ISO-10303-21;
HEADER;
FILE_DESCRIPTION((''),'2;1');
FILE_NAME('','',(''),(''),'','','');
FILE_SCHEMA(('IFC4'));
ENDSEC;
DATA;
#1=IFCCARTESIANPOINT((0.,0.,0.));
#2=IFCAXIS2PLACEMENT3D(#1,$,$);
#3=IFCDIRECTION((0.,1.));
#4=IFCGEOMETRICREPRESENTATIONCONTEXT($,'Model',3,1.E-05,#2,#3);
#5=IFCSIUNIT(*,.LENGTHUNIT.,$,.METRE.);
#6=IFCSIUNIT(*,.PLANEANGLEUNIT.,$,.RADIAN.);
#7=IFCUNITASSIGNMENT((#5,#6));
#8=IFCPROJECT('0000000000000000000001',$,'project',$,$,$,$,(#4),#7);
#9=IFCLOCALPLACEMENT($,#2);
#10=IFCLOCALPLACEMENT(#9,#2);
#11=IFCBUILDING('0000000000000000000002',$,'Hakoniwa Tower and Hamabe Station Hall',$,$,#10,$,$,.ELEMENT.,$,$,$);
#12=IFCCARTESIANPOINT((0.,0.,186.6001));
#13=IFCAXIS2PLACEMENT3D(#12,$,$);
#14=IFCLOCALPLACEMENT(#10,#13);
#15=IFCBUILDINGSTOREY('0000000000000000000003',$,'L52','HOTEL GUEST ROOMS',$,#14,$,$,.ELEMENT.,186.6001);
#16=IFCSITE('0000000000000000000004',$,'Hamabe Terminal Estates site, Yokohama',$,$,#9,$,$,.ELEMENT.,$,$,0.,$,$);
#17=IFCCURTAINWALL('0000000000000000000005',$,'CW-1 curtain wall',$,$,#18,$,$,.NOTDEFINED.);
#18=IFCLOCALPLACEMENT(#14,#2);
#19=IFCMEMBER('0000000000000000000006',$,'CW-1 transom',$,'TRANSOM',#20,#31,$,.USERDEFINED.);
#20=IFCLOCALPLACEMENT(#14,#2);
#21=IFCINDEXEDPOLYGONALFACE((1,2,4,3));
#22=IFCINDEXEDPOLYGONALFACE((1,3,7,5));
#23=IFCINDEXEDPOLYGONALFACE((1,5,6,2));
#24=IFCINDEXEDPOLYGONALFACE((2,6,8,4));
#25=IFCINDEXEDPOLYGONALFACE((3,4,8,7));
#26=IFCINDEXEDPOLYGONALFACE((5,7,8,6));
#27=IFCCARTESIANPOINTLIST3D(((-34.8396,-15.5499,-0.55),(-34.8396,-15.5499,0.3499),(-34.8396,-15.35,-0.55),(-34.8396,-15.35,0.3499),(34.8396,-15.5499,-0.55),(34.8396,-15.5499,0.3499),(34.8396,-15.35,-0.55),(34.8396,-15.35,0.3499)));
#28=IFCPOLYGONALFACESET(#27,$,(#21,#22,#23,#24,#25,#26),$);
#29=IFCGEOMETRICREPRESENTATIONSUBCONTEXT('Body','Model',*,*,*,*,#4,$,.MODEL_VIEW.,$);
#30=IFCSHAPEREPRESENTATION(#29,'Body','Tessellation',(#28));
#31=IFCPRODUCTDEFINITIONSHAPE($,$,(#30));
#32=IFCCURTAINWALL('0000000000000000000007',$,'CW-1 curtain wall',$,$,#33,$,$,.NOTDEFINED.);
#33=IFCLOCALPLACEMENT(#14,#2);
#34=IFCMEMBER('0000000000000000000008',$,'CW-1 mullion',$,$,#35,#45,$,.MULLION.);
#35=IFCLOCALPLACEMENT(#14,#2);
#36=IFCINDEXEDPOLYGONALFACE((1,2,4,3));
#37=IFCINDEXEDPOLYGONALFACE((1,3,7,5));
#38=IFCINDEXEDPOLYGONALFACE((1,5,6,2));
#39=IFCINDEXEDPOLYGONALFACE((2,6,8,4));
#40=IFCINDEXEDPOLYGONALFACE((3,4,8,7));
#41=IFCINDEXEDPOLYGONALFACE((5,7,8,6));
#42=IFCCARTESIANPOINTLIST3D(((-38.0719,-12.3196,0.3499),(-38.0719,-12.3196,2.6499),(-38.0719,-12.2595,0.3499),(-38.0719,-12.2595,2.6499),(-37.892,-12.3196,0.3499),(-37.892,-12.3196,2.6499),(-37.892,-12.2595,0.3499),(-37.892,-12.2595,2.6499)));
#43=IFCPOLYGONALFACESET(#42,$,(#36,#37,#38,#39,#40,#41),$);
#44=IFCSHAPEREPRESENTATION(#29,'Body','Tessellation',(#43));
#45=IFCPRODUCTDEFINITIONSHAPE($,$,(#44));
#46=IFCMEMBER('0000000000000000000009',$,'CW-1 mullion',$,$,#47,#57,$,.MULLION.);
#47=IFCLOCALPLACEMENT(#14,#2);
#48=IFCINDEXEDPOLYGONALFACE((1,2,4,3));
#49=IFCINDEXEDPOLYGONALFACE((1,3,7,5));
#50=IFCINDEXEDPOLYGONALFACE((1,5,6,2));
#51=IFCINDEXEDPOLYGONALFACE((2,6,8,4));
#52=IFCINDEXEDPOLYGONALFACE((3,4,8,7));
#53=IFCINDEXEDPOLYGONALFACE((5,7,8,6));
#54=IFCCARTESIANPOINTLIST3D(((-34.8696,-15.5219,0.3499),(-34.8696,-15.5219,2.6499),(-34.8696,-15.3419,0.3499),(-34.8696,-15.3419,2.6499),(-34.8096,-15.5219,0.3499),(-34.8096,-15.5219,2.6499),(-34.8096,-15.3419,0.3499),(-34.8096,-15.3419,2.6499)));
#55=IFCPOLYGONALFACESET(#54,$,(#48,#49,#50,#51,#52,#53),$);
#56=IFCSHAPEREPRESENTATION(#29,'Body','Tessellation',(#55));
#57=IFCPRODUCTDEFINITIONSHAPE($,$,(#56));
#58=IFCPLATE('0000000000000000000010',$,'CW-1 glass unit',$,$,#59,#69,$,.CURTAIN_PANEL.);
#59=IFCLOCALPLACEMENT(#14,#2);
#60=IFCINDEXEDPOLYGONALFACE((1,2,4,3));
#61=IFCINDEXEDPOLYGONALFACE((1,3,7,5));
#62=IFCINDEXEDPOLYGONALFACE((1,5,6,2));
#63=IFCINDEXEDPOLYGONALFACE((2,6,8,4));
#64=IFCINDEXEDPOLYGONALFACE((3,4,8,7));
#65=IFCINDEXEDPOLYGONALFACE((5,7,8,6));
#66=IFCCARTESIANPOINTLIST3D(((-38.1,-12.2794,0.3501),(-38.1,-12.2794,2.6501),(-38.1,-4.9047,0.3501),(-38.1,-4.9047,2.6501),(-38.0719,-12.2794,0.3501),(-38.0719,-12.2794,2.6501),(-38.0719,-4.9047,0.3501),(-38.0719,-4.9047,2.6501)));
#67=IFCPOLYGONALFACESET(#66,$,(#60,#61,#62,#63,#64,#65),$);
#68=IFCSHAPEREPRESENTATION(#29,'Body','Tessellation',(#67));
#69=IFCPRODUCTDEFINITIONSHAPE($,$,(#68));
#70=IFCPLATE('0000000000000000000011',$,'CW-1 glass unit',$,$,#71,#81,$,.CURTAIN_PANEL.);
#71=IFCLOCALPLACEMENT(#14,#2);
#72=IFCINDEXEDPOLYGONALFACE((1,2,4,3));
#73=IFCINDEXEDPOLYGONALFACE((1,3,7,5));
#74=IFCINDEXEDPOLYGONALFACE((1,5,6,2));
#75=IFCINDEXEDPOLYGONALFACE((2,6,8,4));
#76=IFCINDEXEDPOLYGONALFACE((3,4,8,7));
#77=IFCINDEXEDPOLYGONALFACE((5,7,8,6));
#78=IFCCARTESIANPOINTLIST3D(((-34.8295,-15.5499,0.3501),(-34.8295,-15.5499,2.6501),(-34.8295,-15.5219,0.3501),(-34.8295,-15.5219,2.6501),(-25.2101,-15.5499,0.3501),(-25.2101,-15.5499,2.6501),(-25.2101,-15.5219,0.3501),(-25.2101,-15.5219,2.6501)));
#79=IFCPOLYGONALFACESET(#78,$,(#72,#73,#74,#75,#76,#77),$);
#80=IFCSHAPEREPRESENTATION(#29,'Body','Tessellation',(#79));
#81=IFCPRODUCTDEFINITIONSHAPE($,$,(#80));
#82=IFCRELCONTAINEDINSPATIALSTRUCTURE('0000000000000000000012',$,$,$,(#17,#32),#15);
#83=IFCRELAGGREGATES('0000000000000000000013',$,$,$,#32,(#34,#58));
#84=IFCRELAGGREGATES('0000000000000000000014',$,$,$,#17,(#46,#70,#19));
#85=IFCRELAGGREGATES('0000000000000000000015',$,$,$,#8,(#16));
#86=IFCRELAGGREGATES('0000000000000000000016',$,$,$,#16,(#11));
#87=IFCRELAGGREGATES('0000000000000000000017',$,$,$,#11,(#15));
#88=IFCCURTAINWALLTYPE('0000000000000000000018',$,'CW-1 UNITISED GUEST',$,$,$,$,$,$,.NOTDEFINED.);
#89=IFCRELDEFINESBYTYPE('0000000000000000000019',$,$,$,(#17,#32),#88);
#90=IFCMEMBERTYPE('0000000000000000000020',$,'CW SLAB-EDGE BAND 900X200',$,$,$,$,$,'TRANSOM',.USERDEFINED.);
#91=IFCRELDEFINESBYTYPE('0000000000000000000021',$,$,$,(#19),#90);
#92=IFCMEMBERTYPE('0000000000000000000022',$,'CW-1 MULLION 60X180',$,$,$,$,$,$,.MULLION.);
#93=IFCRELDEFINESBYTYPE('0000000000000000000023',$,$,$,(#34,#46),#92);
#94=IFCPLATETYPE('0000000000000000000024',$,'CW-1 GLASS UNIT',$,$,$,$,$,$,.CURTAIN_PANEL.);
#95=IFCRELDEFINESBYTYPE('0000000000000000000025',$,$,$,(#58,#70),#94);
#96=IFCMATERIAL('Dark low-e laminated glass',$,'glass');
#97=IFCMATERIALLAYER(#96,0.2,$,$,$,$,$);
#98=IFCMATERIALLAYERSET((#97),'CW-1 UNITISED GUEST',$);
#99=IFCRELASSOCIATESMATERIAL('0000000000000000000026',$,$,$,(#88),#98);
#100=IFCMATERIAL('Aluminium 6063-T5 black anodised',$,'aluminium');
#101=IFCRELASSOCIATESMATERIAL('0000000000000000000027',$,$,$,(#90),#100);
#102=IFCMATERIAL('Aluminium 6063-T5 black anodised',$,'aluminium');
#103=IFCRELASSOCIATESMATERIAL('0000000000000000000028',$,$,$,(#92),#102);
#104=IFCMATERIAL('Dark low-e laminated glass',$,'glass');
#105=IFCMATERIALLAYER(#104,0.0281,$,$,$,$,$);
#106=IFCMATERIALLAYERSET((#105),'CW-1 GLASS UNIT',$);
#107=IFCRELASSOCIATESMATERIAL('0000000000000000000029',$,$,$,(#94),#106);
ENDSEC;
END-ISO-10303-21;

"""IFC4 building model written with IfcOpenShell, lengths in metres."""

from ifc_helpers import new_model, si_unit, direction, frame, origin, origin_2d, place, context, subcontext, project, spatial, rectangle, extrude, material, layer, layer_set, material_profile, profile_set, type_object, element, aggregate, save


model = new_model("IFC4")

# Units and contexts
model_context = context("Model", 3, precision=1e-05, world=origin(), true_north=direction((0.0, 1.0)))
body_context = subcontext(model_context, "Body", "Model", "MODEL_VIEW")
ifc_project = project(units=[si_unit("LENGTHUNIT", "METRE"), si_unit("PLANEANGLEUNIT", "RADIAN")], contexts=[model_context])

# Site, building, storey
site_placement = place(None, origin())
site = spatial("IfcSite", under=ifc_project, at=site_placement, Name="Hamabe Terminal Estates site, Yokohama", CompositionType="ELEMENT", RefElevation=0.0)
building_placement = place(site_placement, origin())
building = spatial("IfcBuilding", under=site, at=building_placement, Name="Hakoniwa Tower and Hamabe Station Hall", CompositionType="ELEMENT")
storey_placement = place(building_placement, frame((0.0, 0.0, 186.6001)))
storey = spatial("IfcBuildingStorey", under=building, at=storey_placement, Name="L52", Description="HOTEL GUEST ROOMS", CompositionType="ELEMENT", Elevation=186.6001)

# Curtain walls, members
ifc_material_1 = material(Name="Dark low-e laminated glass", Category="glass")
ifc_layer_1 = layer(ifc_material_1, 0.2)
ifc_layer_set_1 = layer_set([ifc_layer_1], Name="CW-1 UNITISED GUEST")
curtain_wall_type = type_object("IfcCurtainWallType", Name="CW-1 UNITISED GUEST", PredefinedType="NOTDEFINED", material=ifc_layer_set_1)
curtain_wall_1_placement = place(storey_placement, origin())
curtain_wall_1 = element("IfcCurtainWall", 1, at=curtain_wall_1_placement, inside=storey, type_object=curtain_wall_type, Name="CW-1 curtain wall", PredefinedType="NOTDEFINED")
ifc_material_2 = material(Name="Aluminium 6063-T5 black anodised", Category="aluminium")
ifc_material_profile_1 = material_profile(ifc_material_2, rectangle(XDim=0.2, YDim=0.8999, at=origin_2d()), Name="CW SLAB-EDGE BAND 900X200")
ifc_profile_set_1 = profile_set([ifc_material_profile_1], Name="Aluminium 6063-T5 black anodised")
member_type_1 = type_object("IfcMemberType", Name="CW SLAB-EDGE BAND 900X200", ElementType="TRANSOM", PredefinedType="USERDEFINED", material=ifc_profile_set_1)
member_1_placement = place(storey_placement, frame((-34.8396, -15.45, -0.1001), z_axis=(1.0, 0.0, 0.0), x_axis=(0.0, 1.0, 0.0)))
member_1 = element("IfcMember", 2, at=member_1_placement, type_object=member_type_1, Name="CW-1 transom", ObjectType="TRANSOM", PredefinedType="USERDEFINED", context=body_context, shape_type="SweptSolid", body=[
    extrude(rectangle(XDim=0.2, YDim=0.8999, at=origin_2d()), origin(), (0.0, 0.0, 1.0), 69.6792),
])
curtain_wall_2_placement = place(storey_placement, origin())
curtain_wall_2 = element("IfcCurtainWall", 3, at=curtain_wall_2_placement, inside=storey, type_object=curtain_wall_type, Name="CW-1 curtain wall", PredefinedType="NOTDEFINED")
ifc_material_3 = material(Name="Aluminium 6063-T5 black anodised", Category="aluminium")
ifc_material_profile_2 = material_profile(ifc_material_3, rectangle(XDim=0.0601, YDim=0.1799, at=origin_2d()), Name="CW-1 MULLION 60X180")
ifc_profile_set_2 = profile_set([ifc_material_profile_2], Name="Aluminium 6063-T5 black anodised")
member_type_2 = type_object("IfcMemberType", Name="CW-1 MULLION 60X180", PredefinedType="MULLION", material=ifc_profile_set_2)
member_2_placement = place(storey_placement, frame((-37.9819, -12.2896, 0.3499), z_axis=(0.0, 0.0, 1.0), x_axis=(0.0, -1.0, 0.0)))
member_2 = element("IfcMember", 4, at=member_2_placement, type_object=member_type_2, Name="CW-1 mullion", PredefinedType="MULLION", context=body_context, shape_type="SweptSolid", body=[
    extrude(rectangle(XDim=0.0601, YDim=0.1799, at=origin_2d()), origin(), (0.0, 0.0, 1.0), 2.3),
])

# Member
member_3_placement = place(storey_placement, frame((-34.8396, -15.4319, 0.3499), z_axis=(0.0, 0.0, 1.0), x_axis=(1.0, 0.0, 0.0)))
member_3 = element("IfcMember", 5, at=member_3_placement, type_object=member_type_2, Name="CW-1 mullion", PredefinedType="MULLION", context=body_context, shape_type="SweptSolid", body=[
    extrude(rectangle(XDim=0.0601, YDim=0.1799, at=origin_2d()), origin(), (0.0, 0.0, 1.0), 2.3),
])

# Plates
ifc_material_4 = material(Name="Dark low-e laminated glass", Category="glass")
ifc_layer_2 = layer(ifc_material_4, 0.0281)
ifc_layer_set_2 = layer_set([ifc_layer_2], Name="CW-1 GLASS UNIT")
plate_type = type_object("IfcPlateType", Name="CW-1 GLASS UNIT", PredefinedType="CURTAIN_PANEL", material=ifc_layer_set_2)
plate_1_placement = place(storey_placement, frame((-38.0859, -8.592, 0.3501), z_axis=(0.0, 0.0, 1.0), x_axis=(0.0, -1.0, 0.0)))
plate_1 = element("IfcPlate", 6, at=plate_1_placement, type_object=plate_type, Name="CW-1 glass unit", PredefinedType="CURTAIN_PANEL", context=body_context, shape_type="SweptSolid", body=[
    extrude(rectangle(XDim=7.3748, YDim=0.0281, at=origin_2d()), origin(), (0.0, 0.0, 1.0), 2.3),
])
aggregate(curtain_wall_2, [member_2, plate_1])
plate_2_placement = place(storey_placement, frame((-30.0198, -15.5359, 0.3501), z_axis=(0.0, 0.0, 1.0), x_axis=(1.0, 0.0, 0.0)))
plate_2 = element("IfcPlate", 7, at=plate_2_placement, type_object=plate_type, Name="CW-1 glass unit", PredefinedType="CURTAIN_PANEL", context=body_context, shape_type="SweptSolid", body=[
    extrude(rectangle(XDim=9.6194, YDim=0.0281, at=origin_2d()), origin(), (0.0, 0.0, 1.0), 2.3),
])
aggregate(curtain_wall_1, [member_3, plate_2, member_1])

save(model, "model.ifc")
